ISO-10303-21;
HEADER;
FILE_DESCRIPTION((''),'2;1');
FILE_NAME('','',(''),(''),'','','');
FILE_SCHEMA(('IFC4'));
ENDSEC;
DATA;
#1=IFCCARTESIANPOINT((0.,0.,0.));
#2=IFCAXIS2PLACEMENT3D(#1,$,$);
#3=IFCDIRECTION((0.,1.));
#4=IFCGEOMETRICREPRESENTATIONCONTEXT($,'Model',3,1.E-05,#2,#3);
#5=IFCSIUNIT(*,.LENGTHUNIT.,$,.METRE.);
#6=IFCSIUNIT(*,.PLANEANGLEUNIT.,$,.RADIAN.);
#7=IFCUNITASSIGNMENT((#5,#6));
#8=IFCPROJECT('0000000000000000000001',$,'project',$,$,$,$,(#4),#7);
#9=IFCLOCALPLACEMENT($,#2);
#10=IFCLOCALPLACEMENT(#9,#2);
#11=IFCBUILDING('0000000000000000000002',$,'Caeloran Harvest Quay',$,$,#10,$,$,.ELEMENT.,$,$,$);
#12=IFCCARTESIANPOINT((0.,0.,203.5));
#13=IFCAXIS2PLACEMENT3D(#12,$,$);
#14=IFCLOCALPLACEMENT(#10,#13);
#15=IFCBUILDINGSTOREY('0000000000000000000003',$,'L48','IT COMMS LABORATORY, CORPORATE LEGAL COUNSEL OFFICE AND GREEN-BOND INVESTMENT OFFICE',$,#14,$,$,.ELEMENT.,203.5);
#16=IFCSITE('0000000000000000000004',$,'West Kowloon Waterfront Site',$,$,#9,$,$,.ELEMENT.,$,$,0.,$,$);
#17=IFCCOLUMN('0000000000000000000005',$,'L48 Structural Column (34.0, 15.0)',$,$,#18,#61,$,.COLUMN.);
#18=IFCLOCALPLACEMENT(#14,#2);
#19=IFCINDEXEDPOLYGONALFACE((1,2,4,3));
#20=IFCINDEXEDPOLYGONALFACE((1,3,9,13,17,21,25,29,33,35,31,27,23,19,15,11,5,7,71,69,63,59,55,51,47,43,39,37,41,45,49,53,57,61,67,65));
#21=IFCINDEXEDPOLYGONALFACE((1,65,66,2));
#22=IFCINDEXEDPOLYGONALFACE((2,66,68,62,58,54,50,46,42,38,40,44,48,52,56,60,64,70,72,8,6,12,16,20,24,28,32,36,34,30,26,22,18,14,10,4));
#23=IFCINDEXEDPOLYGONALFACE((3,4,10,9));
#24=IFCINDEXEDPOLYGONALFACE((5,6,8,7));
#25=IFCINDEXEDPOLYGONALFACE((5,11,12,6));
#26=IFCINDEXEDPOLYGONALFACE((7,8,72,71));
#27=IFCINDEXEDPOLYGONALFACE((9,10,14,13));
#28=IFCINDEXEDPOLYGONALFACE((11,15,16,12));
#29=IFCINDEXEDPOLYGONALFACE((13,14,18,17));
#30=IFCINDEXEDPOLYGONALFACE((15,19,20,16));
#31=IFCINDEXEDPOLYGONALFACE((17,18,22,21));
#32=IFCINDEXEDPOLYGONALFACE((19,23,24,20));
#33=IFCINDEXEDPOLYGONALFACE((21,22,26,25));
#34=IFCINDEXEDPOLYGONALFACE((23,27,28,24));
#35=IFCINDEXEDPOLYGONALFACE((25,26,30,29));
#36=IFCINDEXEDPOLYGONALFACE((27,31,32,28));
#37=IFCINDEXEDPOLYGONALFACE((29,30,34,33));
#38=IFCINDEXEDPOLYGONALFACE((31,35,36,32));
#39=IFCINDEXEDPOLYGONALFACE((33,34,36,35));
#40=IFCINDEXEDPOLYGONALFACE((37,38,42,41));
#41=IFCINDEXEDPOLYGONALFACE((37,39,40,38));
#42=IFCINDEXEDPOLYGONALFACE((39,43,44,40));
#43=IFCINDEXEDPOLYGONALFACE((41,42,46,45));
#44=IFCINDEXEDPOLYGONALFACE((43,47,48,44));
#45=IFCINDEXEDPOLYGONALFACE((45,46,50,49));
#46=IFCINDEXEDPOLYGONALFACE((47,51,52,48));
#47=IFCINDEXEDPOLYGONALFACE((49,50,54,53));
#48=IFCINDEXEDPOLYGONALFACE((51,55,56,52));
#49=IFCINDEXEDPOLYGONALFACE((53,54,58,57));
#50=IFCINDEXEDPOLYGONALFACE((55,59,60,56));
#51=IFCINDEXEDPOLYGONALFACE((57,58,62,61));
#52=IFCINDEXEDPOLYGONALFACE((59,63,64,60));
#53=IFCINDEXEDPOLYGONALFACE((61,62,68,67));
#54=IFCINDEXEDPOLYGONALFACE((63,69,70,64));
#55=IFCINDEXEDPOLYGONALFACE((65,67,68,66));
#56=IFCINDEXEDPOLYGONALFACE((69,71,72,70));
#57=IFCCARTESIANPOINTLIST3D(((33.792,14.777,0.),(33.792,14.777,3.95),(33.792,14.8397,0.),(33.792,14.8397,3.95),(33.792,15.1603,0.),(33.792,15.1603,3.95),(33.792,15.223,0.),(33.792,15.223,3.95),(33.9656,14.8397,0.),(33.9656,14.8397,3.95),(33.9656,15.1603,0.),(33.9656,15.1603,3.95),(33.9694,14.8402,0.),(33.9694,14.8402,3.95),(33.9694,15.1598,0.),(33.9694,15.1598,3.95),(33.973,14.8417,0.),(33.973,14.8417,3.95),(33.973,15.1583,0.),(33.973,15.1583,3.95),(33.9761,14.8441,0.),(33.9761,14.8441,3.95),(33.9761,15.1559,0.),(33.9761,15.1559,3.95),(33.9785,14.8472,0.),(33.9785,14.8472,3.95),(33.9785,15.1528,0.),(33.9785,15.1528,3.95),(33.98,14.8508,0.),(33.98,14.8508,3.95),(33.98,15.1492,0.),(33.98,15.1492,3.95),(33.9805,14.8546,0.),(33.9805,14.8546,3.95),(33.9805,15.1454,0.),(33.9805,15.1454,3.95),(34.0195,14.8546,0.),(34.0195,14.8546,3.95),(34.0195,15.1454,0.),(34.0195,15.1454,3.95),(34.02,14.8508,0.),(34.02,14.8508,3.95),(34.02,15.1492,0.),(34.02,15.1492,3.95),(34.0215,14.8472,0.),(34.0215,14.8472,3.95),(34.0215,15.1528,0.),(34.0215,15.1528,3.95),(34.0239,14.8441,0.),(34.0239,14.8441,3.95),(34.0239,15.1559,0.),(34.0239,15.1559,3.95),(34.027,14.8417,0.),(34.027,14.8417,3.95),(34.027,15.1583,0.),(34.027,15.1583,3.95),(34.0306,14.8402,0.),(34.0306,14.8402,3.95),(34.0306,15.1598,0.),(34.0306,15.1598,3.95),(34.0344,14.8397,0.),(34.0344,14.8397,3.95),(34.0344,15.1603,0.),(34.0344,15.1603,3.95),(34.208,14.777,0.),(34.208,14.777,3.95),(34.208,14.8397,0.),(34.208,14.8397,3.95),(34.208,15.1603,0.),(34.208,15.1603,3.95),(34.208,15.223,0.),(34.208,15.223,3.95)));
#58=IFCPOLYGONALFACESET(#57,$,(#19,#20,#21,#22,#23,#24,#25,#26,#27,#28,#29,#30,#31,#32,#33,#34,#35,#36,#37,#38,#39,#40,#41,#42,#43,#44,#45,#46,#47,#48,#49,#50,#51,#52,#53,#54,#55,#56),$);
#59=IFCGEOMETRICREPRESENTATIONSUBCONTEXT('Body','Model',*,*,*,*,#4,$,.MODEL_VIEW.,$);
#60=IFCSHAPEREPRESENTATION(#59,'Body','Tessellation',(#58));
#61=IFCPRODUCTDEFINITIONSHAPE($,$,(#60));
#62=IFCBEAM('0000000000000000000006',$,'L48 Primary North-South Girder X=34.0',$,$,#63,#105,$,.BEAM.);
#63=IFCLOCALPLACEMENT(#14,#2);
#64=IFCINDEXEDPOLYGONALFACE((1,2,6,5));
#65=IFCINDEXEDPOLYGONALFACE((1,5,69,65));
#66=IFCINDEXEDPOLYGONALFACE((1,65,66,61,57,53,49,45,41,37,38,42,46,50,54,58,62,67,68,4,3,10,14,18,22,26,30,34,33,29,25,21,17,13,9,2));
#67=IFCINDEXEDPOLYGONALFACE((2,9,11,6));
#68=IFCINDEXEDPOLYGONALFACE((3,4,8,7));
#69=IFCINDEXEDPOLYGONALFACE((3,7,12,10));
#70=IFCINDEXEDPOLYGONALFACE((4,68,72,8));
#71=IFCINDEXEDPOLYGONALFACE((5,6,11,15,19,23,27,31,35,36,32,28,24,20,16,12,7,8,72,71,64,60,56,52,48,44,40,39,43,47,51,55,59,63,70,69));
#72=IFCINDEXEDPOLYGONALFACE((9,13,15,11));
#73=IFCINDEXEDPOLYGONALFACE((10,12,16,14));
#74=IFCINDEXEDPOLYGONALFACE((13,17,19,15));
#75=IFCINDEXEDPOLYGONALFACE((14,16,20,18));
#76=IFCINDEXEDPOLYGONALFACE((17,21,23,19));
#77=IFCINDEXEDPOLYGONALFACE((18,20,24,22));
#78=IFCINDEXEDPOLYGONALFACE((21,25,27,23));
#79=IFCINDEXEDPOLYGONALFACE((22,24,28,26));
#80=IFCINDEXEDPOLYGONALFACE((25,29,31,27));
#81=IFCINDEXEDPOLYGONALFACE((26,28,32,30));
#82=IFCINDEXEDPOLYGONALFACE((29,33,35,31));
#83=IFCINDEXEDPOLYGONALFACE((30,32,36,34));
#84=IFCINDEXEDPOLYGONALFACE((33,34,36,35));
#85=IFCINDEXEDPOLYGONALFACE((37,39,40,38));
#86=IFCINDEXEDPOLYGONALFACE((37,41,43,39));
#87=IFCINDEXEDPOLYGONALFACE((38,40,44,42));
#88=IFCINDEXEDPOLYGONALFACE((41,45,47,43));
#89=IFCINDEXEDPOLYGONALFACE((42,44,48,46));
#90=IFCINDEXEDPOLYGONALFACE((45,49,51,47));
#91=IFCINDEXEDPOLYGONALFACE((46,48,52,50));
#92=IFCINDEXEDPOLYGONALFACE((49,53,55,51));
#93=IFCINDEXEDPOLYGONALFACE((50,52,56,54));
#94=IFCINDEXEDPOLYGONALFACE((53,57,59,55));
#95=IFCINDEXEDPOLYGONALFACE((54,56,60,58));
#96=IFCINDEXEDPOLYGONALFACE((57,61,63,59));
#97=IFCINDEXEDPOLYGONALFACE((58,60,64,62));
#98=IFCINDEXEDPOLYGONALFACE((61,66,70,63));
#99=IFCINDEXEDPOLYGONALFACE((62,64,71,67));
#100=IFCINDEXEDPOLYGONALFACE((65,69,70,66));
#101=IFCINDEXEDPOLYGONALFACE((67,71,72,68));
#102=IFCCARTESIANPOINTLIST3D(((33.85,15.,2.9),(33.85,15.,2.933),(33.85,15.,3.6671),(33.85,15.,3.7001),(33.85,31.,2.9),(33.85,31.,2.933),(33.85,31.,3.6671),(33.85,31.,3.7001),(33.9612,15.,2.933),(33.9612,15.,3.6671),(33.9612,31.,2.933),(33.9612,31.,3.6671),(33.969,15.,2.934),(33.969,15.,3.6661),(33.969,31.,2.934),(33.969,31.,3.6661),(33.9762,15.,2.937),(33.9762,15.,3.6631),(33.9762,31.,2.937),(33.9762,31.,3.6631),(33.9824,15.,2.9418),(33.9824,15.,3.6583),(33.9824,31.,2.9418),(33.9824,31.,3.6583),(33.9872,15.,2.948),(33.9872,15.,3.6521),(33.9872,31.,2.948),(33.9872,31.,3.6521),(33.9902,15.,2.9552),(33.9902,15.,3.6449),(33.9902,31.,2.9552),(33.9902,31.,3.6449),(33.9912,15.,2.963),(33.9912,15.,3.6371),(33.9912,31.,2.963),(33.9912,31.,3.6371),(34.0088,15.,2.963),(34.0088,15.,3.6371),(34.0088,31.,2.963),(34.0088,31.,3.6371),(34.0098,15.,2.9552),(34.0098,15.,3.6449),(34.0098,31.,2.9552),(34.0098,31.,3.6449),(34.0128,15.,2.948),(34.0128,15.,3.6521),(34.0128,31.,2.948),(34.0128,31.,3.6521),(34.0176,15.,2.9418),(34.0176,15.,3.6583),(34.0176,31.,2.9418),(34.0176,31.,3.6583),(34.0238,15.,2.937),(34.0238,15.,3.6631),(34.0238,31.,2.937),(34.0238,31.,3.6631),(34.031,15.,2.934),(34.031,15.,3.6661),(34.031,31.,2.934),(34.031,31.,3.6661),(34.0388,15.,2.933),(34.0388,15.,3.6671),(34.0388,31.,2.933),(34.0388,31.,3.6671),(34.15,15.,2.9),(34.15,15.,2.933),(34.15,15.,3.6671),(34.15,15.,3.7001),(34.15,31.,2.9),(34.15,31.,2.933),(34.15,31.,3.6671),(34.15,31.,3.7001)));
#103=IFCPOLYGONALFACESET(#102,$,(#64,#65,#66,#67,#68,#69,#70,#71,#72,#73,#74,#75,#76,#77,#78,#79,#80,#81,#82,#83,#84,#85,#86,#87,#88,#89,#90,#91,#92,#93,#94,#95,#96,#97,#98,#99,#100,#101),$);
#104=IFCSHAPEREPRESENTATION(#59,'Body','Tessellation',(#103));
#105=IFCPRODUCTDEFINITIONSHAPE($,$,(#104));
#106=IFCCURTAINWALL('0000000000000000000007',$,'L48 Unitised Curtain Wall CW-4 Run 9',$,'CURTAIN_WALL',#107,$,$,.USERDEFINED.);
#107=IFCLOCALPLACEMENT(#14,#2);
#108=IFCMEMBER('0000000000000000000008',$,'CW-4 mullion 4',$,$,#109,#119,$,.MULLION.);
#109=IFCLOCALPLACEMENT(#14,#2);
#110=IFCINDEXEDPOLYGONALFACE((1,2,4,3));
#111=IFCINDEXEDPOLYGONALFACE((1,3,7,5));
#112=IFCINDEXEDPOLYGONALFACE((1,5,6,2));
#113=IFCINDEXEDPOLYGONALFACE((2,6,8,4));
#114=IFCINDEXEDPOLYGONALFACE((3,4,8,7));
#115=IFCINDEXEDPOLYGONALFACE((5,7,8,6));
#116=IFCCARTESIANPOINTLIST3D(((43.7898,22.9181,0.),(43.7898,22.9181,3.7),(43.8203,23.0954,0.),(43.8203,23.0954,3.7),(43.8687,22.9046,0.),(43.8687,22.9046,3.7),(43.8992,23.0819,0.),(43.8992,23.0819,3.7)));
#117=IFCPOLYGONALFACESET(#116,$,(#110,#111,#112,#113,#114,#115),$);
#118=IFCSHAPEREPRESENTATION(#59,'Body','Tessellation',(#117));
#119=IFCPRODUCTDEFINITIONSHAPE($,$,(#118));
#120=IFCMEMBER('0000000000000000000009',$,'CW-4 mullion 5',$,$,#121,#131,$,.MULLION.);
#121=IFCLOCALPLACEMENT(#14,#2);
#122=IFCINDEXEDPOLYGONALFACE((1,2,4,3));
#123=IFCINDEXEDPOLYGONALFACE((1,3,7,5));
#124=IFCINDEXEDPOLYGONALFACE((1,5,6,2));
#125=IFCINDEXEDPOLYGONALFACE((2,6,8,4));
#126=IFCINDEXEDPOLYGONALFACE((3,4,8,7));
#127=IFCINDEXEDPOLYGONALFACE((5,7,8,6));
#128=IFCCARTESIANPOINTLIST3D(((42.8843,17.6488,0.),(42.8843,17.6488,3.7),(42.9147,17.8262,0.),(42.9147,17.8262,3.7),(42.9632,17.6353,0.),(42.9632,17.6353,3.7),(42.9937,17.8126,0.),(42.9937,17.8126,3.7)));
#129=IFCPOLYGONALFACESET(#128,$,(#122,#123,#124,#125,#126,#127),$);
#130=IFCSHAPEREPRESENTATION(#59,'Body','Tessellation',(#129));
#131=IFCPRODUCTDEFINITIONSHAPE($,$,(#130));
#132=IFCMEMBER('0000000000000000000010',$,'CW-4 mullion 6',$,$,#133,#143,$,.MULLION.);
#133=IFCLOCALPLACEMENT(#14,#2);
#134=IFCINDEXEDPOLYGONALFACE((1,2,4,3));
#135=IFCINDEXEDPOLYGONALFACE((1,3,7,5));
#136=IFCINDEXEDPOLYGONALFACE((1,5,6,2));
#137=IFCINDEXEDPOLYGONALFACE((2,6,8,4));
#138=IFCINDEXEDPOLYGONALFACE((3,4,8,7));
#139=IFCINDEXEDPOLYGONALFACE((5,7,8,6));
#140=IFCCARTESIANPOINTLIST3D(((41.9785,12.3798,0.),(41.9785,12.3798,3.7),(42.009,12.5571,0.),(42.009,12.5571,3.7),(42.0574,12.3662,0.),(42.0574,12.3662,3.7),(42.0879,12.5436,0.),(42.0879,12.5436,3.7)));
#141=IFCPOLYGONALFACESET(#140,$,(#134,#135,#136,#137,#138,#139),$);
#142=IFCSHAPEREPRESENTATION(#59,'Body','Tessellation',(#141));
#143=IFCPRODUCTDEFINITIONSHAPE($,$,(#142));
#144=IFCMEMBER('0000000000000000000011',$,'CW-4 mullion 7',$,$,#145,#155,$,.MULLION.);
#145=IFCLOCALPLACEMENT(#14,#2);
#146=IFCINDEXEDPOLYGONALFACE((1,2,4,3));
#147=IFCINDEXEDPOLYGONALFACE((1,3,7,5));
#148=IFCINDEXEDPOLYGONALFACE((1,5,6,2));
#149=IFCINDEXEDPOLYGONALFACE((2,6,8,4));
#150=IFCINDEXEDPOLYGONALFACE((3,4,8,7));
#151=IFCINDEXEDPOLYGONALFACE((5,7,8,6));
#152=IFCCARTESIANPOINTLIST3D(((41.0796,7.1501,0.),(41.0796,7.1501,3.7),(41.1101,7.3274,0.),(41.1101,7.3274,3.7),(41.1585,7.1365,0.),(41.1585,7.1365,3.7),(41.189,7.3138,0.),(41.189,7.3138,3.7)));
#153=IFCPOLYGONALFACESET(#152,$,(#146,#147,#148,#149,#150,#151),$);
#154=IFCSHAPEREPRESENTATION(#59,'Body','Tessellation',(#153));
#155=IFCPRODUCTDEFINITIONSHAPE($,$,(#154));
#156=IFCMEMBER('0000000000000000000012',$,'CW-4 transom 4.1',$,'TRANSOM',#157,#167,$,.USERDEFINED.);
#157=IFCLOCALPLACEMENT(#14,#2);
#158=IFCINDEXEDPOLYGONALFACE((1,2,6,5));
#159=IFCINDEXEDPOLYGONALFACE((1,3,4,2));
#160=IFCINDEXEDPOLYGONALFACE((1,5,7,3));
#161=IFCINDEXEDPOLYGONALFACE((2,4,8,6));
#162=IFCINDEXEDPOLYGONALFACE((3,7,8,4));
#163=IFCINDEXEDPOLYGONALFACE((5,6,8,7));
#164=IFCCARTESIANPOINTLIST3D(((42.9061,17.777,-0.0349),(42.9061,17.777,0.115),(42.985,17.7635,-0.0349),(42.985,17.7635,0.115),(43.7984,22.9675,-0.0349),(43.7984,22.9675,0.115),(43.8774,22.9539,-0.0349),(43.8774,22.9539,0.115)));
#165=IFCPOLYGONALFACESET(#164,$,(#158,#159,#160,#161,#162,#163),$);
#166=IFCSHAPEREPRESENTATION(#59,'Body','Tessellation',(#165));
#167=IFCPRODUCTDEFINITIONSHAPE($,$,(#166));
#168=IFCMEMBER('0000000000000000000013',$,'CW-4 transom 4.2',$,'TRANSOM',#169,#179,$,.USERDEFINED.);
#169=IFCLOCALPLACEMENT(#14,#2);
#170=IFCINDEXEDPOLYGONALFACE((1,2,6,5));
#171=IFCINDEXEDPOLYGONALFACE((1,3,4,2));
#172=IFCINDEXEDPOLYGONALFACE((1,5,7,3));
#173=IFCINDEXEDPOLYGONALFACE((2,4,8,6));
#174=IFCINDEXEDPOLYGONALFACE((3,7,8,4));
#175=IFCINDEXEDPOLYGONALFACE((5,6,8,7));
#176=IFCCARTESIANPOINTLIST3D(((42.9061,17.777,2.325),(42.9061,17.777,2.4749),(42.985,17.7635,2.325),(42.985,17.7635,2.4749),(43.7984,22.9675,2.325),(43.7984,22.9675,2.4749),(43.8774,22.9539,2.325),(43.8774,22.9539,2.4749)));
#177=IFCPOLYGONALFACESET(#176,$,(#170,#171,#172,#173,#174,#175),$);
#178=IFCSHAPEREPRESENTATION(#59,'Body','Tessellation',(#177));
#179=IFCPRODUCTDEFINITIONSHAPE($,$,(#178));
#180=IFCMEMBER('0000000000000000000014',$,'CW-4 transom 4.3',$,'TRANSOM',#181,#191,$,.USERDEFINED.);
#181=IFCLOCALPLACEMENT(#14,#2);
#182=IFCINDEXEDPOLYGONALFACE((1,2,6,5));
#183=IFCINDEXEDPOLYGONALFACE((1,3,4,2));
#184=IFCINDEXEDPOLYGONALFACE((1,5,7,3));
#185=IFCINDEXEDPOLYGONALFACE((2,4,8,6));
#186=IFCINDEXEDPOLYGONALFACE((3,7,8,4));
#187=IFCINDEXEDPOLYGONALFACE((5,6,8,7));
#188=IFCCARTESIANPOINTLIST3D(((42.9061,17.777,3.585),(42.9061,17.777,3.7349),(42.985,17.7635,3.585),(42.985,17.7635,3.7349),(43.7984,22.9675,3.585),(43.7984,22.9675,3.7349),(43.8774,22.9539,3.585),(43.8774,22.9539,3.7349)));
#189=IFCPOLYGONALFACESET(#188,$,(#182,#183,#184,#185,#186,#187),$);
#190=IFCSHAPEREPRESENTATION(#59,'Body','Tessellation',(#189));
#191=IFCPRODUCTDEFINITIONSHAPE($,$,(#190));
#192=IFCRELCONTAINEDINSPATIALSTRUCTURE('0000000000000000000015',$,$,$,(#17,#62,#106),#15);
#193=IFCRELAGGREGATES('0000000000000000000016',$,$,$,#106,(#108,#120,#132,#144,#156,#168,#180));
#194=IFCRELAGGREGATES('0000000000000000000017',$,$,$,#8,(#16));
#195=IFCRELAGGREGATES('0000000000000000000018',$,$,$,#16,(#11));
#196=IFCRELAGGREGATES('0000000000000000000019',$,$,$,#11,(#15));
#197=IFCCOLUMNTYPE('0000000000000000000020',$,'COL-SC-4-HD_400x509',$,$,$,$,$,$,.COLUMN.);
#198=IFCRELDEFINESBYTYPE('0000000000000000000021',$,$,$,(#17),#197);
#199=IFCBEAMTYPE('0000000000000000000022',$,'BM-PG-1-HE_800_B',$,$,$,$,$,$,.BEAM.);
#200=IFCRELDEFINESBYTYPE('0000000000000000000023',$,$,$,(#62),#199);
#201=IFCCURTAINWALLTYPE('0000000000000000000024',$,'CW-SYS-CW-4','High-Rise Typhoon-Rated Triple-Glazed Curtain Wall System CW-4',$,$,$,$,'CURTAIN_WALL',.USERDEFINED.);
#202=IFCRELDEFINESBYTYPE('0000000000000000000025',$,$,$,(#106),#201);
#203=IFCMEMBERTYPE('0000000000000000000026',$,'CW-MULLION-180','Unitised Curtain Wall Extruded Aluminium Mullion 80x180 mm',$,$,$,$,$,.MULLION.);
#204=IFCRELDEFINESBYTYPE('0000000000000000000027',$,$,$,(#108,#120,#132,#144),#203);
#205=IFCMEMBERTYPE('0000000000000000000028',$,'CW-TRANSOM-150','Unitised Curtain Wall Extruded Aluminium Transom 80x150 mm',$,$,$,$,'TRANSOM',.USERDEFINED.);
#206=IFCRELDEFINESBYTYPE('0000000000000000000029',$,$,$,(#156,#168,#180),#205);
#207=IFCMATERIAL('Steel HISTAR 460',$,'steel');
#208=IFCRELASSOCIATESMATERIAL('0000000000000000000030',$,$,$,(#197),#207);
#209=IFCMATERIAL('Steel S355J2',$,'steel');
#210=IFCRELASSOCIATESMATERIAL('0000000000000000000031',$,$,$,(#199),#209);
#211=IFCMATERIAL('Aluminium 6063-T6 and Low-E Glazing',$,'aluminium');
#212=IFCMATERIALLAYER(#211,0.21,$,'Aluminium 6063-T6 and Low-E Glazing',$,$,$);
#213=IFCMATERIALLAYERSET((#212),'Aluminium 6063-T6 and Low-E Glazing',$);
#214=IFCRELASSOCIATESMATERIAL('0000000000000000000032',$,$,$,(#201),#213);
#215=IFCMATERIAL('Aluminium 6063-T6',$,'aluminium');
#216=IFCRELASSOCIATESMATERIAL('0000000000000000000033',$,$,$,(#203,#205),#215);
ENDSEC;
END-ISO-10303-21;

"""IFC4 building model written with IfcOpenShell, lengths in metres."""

from ifc_helpers import new_model, si_unit, direction, frame, origin, origin_2d, place, context, subcontext, project, spatial, rectangle, i_section, extrude, material, layer, layer_set, material_profile, profile_set, type_object, element, aggregate, save


model = new_model("IFC4")

# Units and contexts
model_context = context("Model", 3, precision=1e-05, world=origin(), true_north=direction((0.0, 1.0)))
body_context = subcontext(model_context, "Body", "Model", "MODEL_VIEW")
ifc_project = project(units=[si_unit("LENGTHUNIT", "METRE"), si_unit("PLANEANGLEUNIT", "RADIAN")], contexts=[model_context])

# Site, building, storey
site_placement = place(None, origin())
site = spatial("IfcSite", under=ifc_project, at=site_placement, Name="West Kowloon Waterfront Site", CompositionType="ELEMENT", RefElevation=0.0)
building_placement = place(site_placement, origin())
building = spatial("IfcBuilding", under=site, at=building_placement, Name="Caeloran Harvest Quay", CompositionType="ELEMENT")
storey_placement = place(building_placement, frame((0.0, 0.0, 203.5)))
storey = spatial("IfcBuildingStorey", under=building, at=storey_placement, Name="L48", Description="IT COMMS LABORATORY, CORPORATE LEGAL COUNSEL OFFICE AND GREEN-BOND INVESTMENT OFFICE", CompositionType="ELEMENT", Elevation=203.5)

# Column
ifc_material_1 = material(Name="Steel HISTAR 460", Category="steel")
ifc_material_profile_1 = material_profile(ifc_material_1, i_section(OverallWidth=0.416, OverallDepth=0.446, WebThickness=0.0391, FlangeThickness=0.0627, FilletRadius=0.0149, at=origin_2d()), Name="HD 400x509")
ifc_profile_set_1 = profile_set([ifc_material_profile_1], Name="Steel HISTAR 460")
column_type = type_object("IfcColumnType", Name="COL-SC-4-HD_400x509", PredefinedType="COLUMN", material=ifc_profile_set_1)
column_placement = place(storey_placement, frame((34.0, 15.0, 0.0), z_axis=(0.0, 0.0, 1.0), x_axis=(1.0, 0.0, 0.0)))
element("IfcColumn", 1, at=column_placement, inside=storey, type_object=column_type, Name="L48 Structural Column (34.0, 15.0)", PredefinedType="COLUMN", context=body_context, shape_type="SweptSolid", body=[
    extrude(i_section(OverallWidth=0.416, OverallDepth=0.446, WebThickness=0.0391, FlangeThickness=0.0627, FilletRadius=0.0149, at=origin_2d()), origin(), (0.0, 0.0, 1.0), 3.95),
])

# Beam
ifc_material_2 = material(Name="Steel S355J2", Category="steel")
ifc_material_profile_2 = material_profile(ifc_material_2, i_section(OverallWidth=0.3, OverallDepth=0.8, WebThickness=0.0176, FlangeThickness=0.033, FilletRadius=0.03, at=origin_2d()), Name="HE 800 B")
ifc_profile_set_2 = profile_set([ifc_material_profile_2], Name="Steel S355J2")
beam_type = type_object("IfcBeamType", Name="BM-PG-1-HE_800_B", PredefinedType="BEAM", material=ifc_profile_set_2)
beam_placement = place(storey_placement, frame((34.0, 15.0, 3.3), z_axis=(0.0, 1.0, 0.0), x_axis=(-1.0, 0.0, 0.0)))
element("IfcBeam", 2, at=beam_placement, inside=storey, type_object=beam_type, Name="L48 Primary North-South Girder X=34.0", PredefinedType="BEAM", context=body_context, shape_type="SweptSolid", body=[
    extrude(i_section(OverallWidth=0.3, OverallDepth=0.8, WebThickness=0.0176, FlangeThickness=0.033, FilletRadius=0.03, at=origin_2d()), origin(), (0.0, 0.0, 1.0), 16.0),
])

# Curtain wall, members
ifc_material_3 = material(Name="Aluminium 6063-T6 and Low-E Glazing", Category="aluminium")
ifc_layer_1 = layer(ifc_material_3, 0.21, Name="Aluminium 6063-T6 and Low-E Glazing")
ifc_layer_set_1 = layer_set([ifc_layer_1], Name="Aluminium 6063-T6 and Low-E Glazing")
curtain_wall_type = type_object("IfcCurtainWallType", Name="CW-SYS-CW-4", Description="High-Rise Typhoon-Rated Triple-Glazed Curtain Wall System CW-4", ElementType="CURTAIN_WALL", PredefinedType="USERDEFINED", material=ifc_layer_set_1)
curtain_wall_placement = place(storey_placement, origin())
curtain_wall = element("IfcCurtainWall", 3, at=curtain_wall_placement, inside=storey, type_object=curtain_wall_type, Name="L48 Unitised Curtain Wall CW-4 Run 9", ObjectType="CURTAIN_WALL", PredefinedType="USERDEFINED")
ifc_material_4 = material(Name="Aluminium 6063-T6", Category="aluminium")
ifc_material_profile_3 = material_profile(ifc_material_4, rectangle(XDim=0.0801, YDim=0.1799, at=origin_2d()), Name="CW-MULLION-180")
ifc_profile_set_3 = profile_set([ifc_material_profile_3], Name="Aluminium 6063-T6")
member_type_1 = type_object("IfcMemberType", Name="CW-MULLION-180", Description="Unitised Curtain Wall Extruded Aluminium Mullion 80x180 mm", PredefinedType="MULLION", material=ifc_profile_set_3)
member_1_placement = place(storey_placement, frame((43.8445, 23.0, 0.0), z_axis=(0.0, 0.0, 1.0), x_axis=(0.985549, -0.169392, 0.0)))
member_1 = element("IfcMember", 4, at=member_1_placement, type_object=member_type_1, Name="CW-4 mullion 4", PredefinedType="MULLION", context=body_context, shape_type="SweptSolid", body=[
    extrude(rectangle(XDim=0.0801, YDim=0.1799, at=origin_2d()), origin(), (0.0, 0.0, 1.0), 3.7),
])
member_2_placement = place(storey_placement, frame((42.939, 17.7307, 0.0), z_axis=(0.0, 0.0, 1.0), x_axis=(0.985549, -0.169392, 0.0)))
member_2 = element("IfcMember", 5, at=member_2_placement, type_object=member_type_1, Name="CW-4 mullion 5", PredefinedType="MULLION", context=body_context, shape_type="SweptSolid", body=[
    extrude(rectangle(XDim=0.0801, YDim=0.1799, at=origin_2d()), origin(), (0.0, 0.0, 1.0), 3.7),
])
member_3_placement = place(storey_placement, frame((42.0332, 12.4617, 0.0), z_axis=(0.0, 0.0, 1.0), x_axis=(0.985549, -0.169392, 0.0)))
member_3 = element("IfcMember", 6, at=member_3_placement, type_object=member_type_1, Name="CW-4 mullion 6", PredefinedType="MULLION", context=body_context, shape_type="SweptSolid", body=[
    extrude(rectangle(XDim=0.0801, YDim=0.1799, at=origin_2d()), origin(), (0.0, 0.0, 1.0), 3.7),
])
member_4_placement = place(storey_placement, frame((41.1343, 7.2319, 0.0), z_axis=(0.0, 0.0, 1.0), x_axis=(0.985549, -0.169392, 0.0)))
member_4 = element("IfcMember", 7, at=member_4_placement, type_object=member_type_1, Name="CW-4 mullion 7", PredefinedType="MULLION", context=body_context, shape_type="SweptSolid", body=[
    extrude(rectangle(XDim=0.0801, YDim=0.1799, at=origin_2d()), origin(), (0.0, 0.0, 1.0), 3.7),
])
ifc_material_profile_4 = material_profile(ifc_material_4, rectangle(XDim=0.0801, YDim=0.1499, at=origin_2d()), Name="CW-TRANSOM-150")
ifc_profile_set_4 = profile_set([ifc_material_profile_4], Name="Aluminium 6063-T6")
member_type_2 = type_object("IfcMemberType", Name="CW-TRANSOM-150", Description="Unitised Curtain Wall Extruded Aluminium Transom 80x150 mm", ElementType="TRANSOM", PredefinedType="USERDEFINED", material=ifc_profile_set_4)
member_5_placement = place(storey_placement, frame((43.8379, 22.9607, 0.04), z_axis=(-0.169433, -0.985542, 0.0), x_axis=(0.985542, -0.169433, 0.0)))
member_5 = element("IfcMember", 8, at=member_5_placement, type_object=member_type_2, Name="CW-4 transom 4.1", ObjectType="TRANSOM", PredefinedType="USERDEFINED", context=body_context, shape_type="SweptSolid", body=[
    extrude(rectangle(XDim=0.0801, YDim=0.1499, at=origin_2d()), origin(), (0.0, 0.0, 1.0), 5.2666),
])
member_6_placement = place(storey_placement, frame((43.8379, 22.9607, 2.3999), z_axis=(-0.169433, -0.985542, 0.0), x_axis=(0.985542, -0.169433, 0.0)))
member_6 = element("IfcMember", 9, at=member_6_placement, type_object=member_type_2, Name="CW-4 transom 4.2", ObjectType="TRANSOM", PredefinedType="USERDEFINED", context=body_context, shape_type="SweptSolid", body=[
    extrude(rectangle(XDim=0.0801, YDim=0.1499, at=origin_2d()), origin(), (0.0, 0.0, 1.0), 5.2666),
])
member_7_placement = place(storey_placement, frame((43.8379, 22.9607, 3.6599), z_axis=(-0.169433, -0.985542, 0.0), x_axis=(0.985542, -0.169433, 0.0)))
member_7 = element("IfcMember", 10, at=member_7_placement, type_object=member_type_2, Name="CW-4 transom 4.3", ObjectType="TRANSOM", PredefinedType="USERDEFINED", context=body_context, shape_type="SweptSolid", body=[
    extrude(rectangle(XDim=0.0801, YDim=0.1499, at=origin_2d()), origin(), (0.0, 0.0, 1.0), 5.2666),
])
aggregate(curtain_wall, [member_1, member_2, member_3, member_4, member_5, member_6, member_7])

save(model, "model.ifc")
